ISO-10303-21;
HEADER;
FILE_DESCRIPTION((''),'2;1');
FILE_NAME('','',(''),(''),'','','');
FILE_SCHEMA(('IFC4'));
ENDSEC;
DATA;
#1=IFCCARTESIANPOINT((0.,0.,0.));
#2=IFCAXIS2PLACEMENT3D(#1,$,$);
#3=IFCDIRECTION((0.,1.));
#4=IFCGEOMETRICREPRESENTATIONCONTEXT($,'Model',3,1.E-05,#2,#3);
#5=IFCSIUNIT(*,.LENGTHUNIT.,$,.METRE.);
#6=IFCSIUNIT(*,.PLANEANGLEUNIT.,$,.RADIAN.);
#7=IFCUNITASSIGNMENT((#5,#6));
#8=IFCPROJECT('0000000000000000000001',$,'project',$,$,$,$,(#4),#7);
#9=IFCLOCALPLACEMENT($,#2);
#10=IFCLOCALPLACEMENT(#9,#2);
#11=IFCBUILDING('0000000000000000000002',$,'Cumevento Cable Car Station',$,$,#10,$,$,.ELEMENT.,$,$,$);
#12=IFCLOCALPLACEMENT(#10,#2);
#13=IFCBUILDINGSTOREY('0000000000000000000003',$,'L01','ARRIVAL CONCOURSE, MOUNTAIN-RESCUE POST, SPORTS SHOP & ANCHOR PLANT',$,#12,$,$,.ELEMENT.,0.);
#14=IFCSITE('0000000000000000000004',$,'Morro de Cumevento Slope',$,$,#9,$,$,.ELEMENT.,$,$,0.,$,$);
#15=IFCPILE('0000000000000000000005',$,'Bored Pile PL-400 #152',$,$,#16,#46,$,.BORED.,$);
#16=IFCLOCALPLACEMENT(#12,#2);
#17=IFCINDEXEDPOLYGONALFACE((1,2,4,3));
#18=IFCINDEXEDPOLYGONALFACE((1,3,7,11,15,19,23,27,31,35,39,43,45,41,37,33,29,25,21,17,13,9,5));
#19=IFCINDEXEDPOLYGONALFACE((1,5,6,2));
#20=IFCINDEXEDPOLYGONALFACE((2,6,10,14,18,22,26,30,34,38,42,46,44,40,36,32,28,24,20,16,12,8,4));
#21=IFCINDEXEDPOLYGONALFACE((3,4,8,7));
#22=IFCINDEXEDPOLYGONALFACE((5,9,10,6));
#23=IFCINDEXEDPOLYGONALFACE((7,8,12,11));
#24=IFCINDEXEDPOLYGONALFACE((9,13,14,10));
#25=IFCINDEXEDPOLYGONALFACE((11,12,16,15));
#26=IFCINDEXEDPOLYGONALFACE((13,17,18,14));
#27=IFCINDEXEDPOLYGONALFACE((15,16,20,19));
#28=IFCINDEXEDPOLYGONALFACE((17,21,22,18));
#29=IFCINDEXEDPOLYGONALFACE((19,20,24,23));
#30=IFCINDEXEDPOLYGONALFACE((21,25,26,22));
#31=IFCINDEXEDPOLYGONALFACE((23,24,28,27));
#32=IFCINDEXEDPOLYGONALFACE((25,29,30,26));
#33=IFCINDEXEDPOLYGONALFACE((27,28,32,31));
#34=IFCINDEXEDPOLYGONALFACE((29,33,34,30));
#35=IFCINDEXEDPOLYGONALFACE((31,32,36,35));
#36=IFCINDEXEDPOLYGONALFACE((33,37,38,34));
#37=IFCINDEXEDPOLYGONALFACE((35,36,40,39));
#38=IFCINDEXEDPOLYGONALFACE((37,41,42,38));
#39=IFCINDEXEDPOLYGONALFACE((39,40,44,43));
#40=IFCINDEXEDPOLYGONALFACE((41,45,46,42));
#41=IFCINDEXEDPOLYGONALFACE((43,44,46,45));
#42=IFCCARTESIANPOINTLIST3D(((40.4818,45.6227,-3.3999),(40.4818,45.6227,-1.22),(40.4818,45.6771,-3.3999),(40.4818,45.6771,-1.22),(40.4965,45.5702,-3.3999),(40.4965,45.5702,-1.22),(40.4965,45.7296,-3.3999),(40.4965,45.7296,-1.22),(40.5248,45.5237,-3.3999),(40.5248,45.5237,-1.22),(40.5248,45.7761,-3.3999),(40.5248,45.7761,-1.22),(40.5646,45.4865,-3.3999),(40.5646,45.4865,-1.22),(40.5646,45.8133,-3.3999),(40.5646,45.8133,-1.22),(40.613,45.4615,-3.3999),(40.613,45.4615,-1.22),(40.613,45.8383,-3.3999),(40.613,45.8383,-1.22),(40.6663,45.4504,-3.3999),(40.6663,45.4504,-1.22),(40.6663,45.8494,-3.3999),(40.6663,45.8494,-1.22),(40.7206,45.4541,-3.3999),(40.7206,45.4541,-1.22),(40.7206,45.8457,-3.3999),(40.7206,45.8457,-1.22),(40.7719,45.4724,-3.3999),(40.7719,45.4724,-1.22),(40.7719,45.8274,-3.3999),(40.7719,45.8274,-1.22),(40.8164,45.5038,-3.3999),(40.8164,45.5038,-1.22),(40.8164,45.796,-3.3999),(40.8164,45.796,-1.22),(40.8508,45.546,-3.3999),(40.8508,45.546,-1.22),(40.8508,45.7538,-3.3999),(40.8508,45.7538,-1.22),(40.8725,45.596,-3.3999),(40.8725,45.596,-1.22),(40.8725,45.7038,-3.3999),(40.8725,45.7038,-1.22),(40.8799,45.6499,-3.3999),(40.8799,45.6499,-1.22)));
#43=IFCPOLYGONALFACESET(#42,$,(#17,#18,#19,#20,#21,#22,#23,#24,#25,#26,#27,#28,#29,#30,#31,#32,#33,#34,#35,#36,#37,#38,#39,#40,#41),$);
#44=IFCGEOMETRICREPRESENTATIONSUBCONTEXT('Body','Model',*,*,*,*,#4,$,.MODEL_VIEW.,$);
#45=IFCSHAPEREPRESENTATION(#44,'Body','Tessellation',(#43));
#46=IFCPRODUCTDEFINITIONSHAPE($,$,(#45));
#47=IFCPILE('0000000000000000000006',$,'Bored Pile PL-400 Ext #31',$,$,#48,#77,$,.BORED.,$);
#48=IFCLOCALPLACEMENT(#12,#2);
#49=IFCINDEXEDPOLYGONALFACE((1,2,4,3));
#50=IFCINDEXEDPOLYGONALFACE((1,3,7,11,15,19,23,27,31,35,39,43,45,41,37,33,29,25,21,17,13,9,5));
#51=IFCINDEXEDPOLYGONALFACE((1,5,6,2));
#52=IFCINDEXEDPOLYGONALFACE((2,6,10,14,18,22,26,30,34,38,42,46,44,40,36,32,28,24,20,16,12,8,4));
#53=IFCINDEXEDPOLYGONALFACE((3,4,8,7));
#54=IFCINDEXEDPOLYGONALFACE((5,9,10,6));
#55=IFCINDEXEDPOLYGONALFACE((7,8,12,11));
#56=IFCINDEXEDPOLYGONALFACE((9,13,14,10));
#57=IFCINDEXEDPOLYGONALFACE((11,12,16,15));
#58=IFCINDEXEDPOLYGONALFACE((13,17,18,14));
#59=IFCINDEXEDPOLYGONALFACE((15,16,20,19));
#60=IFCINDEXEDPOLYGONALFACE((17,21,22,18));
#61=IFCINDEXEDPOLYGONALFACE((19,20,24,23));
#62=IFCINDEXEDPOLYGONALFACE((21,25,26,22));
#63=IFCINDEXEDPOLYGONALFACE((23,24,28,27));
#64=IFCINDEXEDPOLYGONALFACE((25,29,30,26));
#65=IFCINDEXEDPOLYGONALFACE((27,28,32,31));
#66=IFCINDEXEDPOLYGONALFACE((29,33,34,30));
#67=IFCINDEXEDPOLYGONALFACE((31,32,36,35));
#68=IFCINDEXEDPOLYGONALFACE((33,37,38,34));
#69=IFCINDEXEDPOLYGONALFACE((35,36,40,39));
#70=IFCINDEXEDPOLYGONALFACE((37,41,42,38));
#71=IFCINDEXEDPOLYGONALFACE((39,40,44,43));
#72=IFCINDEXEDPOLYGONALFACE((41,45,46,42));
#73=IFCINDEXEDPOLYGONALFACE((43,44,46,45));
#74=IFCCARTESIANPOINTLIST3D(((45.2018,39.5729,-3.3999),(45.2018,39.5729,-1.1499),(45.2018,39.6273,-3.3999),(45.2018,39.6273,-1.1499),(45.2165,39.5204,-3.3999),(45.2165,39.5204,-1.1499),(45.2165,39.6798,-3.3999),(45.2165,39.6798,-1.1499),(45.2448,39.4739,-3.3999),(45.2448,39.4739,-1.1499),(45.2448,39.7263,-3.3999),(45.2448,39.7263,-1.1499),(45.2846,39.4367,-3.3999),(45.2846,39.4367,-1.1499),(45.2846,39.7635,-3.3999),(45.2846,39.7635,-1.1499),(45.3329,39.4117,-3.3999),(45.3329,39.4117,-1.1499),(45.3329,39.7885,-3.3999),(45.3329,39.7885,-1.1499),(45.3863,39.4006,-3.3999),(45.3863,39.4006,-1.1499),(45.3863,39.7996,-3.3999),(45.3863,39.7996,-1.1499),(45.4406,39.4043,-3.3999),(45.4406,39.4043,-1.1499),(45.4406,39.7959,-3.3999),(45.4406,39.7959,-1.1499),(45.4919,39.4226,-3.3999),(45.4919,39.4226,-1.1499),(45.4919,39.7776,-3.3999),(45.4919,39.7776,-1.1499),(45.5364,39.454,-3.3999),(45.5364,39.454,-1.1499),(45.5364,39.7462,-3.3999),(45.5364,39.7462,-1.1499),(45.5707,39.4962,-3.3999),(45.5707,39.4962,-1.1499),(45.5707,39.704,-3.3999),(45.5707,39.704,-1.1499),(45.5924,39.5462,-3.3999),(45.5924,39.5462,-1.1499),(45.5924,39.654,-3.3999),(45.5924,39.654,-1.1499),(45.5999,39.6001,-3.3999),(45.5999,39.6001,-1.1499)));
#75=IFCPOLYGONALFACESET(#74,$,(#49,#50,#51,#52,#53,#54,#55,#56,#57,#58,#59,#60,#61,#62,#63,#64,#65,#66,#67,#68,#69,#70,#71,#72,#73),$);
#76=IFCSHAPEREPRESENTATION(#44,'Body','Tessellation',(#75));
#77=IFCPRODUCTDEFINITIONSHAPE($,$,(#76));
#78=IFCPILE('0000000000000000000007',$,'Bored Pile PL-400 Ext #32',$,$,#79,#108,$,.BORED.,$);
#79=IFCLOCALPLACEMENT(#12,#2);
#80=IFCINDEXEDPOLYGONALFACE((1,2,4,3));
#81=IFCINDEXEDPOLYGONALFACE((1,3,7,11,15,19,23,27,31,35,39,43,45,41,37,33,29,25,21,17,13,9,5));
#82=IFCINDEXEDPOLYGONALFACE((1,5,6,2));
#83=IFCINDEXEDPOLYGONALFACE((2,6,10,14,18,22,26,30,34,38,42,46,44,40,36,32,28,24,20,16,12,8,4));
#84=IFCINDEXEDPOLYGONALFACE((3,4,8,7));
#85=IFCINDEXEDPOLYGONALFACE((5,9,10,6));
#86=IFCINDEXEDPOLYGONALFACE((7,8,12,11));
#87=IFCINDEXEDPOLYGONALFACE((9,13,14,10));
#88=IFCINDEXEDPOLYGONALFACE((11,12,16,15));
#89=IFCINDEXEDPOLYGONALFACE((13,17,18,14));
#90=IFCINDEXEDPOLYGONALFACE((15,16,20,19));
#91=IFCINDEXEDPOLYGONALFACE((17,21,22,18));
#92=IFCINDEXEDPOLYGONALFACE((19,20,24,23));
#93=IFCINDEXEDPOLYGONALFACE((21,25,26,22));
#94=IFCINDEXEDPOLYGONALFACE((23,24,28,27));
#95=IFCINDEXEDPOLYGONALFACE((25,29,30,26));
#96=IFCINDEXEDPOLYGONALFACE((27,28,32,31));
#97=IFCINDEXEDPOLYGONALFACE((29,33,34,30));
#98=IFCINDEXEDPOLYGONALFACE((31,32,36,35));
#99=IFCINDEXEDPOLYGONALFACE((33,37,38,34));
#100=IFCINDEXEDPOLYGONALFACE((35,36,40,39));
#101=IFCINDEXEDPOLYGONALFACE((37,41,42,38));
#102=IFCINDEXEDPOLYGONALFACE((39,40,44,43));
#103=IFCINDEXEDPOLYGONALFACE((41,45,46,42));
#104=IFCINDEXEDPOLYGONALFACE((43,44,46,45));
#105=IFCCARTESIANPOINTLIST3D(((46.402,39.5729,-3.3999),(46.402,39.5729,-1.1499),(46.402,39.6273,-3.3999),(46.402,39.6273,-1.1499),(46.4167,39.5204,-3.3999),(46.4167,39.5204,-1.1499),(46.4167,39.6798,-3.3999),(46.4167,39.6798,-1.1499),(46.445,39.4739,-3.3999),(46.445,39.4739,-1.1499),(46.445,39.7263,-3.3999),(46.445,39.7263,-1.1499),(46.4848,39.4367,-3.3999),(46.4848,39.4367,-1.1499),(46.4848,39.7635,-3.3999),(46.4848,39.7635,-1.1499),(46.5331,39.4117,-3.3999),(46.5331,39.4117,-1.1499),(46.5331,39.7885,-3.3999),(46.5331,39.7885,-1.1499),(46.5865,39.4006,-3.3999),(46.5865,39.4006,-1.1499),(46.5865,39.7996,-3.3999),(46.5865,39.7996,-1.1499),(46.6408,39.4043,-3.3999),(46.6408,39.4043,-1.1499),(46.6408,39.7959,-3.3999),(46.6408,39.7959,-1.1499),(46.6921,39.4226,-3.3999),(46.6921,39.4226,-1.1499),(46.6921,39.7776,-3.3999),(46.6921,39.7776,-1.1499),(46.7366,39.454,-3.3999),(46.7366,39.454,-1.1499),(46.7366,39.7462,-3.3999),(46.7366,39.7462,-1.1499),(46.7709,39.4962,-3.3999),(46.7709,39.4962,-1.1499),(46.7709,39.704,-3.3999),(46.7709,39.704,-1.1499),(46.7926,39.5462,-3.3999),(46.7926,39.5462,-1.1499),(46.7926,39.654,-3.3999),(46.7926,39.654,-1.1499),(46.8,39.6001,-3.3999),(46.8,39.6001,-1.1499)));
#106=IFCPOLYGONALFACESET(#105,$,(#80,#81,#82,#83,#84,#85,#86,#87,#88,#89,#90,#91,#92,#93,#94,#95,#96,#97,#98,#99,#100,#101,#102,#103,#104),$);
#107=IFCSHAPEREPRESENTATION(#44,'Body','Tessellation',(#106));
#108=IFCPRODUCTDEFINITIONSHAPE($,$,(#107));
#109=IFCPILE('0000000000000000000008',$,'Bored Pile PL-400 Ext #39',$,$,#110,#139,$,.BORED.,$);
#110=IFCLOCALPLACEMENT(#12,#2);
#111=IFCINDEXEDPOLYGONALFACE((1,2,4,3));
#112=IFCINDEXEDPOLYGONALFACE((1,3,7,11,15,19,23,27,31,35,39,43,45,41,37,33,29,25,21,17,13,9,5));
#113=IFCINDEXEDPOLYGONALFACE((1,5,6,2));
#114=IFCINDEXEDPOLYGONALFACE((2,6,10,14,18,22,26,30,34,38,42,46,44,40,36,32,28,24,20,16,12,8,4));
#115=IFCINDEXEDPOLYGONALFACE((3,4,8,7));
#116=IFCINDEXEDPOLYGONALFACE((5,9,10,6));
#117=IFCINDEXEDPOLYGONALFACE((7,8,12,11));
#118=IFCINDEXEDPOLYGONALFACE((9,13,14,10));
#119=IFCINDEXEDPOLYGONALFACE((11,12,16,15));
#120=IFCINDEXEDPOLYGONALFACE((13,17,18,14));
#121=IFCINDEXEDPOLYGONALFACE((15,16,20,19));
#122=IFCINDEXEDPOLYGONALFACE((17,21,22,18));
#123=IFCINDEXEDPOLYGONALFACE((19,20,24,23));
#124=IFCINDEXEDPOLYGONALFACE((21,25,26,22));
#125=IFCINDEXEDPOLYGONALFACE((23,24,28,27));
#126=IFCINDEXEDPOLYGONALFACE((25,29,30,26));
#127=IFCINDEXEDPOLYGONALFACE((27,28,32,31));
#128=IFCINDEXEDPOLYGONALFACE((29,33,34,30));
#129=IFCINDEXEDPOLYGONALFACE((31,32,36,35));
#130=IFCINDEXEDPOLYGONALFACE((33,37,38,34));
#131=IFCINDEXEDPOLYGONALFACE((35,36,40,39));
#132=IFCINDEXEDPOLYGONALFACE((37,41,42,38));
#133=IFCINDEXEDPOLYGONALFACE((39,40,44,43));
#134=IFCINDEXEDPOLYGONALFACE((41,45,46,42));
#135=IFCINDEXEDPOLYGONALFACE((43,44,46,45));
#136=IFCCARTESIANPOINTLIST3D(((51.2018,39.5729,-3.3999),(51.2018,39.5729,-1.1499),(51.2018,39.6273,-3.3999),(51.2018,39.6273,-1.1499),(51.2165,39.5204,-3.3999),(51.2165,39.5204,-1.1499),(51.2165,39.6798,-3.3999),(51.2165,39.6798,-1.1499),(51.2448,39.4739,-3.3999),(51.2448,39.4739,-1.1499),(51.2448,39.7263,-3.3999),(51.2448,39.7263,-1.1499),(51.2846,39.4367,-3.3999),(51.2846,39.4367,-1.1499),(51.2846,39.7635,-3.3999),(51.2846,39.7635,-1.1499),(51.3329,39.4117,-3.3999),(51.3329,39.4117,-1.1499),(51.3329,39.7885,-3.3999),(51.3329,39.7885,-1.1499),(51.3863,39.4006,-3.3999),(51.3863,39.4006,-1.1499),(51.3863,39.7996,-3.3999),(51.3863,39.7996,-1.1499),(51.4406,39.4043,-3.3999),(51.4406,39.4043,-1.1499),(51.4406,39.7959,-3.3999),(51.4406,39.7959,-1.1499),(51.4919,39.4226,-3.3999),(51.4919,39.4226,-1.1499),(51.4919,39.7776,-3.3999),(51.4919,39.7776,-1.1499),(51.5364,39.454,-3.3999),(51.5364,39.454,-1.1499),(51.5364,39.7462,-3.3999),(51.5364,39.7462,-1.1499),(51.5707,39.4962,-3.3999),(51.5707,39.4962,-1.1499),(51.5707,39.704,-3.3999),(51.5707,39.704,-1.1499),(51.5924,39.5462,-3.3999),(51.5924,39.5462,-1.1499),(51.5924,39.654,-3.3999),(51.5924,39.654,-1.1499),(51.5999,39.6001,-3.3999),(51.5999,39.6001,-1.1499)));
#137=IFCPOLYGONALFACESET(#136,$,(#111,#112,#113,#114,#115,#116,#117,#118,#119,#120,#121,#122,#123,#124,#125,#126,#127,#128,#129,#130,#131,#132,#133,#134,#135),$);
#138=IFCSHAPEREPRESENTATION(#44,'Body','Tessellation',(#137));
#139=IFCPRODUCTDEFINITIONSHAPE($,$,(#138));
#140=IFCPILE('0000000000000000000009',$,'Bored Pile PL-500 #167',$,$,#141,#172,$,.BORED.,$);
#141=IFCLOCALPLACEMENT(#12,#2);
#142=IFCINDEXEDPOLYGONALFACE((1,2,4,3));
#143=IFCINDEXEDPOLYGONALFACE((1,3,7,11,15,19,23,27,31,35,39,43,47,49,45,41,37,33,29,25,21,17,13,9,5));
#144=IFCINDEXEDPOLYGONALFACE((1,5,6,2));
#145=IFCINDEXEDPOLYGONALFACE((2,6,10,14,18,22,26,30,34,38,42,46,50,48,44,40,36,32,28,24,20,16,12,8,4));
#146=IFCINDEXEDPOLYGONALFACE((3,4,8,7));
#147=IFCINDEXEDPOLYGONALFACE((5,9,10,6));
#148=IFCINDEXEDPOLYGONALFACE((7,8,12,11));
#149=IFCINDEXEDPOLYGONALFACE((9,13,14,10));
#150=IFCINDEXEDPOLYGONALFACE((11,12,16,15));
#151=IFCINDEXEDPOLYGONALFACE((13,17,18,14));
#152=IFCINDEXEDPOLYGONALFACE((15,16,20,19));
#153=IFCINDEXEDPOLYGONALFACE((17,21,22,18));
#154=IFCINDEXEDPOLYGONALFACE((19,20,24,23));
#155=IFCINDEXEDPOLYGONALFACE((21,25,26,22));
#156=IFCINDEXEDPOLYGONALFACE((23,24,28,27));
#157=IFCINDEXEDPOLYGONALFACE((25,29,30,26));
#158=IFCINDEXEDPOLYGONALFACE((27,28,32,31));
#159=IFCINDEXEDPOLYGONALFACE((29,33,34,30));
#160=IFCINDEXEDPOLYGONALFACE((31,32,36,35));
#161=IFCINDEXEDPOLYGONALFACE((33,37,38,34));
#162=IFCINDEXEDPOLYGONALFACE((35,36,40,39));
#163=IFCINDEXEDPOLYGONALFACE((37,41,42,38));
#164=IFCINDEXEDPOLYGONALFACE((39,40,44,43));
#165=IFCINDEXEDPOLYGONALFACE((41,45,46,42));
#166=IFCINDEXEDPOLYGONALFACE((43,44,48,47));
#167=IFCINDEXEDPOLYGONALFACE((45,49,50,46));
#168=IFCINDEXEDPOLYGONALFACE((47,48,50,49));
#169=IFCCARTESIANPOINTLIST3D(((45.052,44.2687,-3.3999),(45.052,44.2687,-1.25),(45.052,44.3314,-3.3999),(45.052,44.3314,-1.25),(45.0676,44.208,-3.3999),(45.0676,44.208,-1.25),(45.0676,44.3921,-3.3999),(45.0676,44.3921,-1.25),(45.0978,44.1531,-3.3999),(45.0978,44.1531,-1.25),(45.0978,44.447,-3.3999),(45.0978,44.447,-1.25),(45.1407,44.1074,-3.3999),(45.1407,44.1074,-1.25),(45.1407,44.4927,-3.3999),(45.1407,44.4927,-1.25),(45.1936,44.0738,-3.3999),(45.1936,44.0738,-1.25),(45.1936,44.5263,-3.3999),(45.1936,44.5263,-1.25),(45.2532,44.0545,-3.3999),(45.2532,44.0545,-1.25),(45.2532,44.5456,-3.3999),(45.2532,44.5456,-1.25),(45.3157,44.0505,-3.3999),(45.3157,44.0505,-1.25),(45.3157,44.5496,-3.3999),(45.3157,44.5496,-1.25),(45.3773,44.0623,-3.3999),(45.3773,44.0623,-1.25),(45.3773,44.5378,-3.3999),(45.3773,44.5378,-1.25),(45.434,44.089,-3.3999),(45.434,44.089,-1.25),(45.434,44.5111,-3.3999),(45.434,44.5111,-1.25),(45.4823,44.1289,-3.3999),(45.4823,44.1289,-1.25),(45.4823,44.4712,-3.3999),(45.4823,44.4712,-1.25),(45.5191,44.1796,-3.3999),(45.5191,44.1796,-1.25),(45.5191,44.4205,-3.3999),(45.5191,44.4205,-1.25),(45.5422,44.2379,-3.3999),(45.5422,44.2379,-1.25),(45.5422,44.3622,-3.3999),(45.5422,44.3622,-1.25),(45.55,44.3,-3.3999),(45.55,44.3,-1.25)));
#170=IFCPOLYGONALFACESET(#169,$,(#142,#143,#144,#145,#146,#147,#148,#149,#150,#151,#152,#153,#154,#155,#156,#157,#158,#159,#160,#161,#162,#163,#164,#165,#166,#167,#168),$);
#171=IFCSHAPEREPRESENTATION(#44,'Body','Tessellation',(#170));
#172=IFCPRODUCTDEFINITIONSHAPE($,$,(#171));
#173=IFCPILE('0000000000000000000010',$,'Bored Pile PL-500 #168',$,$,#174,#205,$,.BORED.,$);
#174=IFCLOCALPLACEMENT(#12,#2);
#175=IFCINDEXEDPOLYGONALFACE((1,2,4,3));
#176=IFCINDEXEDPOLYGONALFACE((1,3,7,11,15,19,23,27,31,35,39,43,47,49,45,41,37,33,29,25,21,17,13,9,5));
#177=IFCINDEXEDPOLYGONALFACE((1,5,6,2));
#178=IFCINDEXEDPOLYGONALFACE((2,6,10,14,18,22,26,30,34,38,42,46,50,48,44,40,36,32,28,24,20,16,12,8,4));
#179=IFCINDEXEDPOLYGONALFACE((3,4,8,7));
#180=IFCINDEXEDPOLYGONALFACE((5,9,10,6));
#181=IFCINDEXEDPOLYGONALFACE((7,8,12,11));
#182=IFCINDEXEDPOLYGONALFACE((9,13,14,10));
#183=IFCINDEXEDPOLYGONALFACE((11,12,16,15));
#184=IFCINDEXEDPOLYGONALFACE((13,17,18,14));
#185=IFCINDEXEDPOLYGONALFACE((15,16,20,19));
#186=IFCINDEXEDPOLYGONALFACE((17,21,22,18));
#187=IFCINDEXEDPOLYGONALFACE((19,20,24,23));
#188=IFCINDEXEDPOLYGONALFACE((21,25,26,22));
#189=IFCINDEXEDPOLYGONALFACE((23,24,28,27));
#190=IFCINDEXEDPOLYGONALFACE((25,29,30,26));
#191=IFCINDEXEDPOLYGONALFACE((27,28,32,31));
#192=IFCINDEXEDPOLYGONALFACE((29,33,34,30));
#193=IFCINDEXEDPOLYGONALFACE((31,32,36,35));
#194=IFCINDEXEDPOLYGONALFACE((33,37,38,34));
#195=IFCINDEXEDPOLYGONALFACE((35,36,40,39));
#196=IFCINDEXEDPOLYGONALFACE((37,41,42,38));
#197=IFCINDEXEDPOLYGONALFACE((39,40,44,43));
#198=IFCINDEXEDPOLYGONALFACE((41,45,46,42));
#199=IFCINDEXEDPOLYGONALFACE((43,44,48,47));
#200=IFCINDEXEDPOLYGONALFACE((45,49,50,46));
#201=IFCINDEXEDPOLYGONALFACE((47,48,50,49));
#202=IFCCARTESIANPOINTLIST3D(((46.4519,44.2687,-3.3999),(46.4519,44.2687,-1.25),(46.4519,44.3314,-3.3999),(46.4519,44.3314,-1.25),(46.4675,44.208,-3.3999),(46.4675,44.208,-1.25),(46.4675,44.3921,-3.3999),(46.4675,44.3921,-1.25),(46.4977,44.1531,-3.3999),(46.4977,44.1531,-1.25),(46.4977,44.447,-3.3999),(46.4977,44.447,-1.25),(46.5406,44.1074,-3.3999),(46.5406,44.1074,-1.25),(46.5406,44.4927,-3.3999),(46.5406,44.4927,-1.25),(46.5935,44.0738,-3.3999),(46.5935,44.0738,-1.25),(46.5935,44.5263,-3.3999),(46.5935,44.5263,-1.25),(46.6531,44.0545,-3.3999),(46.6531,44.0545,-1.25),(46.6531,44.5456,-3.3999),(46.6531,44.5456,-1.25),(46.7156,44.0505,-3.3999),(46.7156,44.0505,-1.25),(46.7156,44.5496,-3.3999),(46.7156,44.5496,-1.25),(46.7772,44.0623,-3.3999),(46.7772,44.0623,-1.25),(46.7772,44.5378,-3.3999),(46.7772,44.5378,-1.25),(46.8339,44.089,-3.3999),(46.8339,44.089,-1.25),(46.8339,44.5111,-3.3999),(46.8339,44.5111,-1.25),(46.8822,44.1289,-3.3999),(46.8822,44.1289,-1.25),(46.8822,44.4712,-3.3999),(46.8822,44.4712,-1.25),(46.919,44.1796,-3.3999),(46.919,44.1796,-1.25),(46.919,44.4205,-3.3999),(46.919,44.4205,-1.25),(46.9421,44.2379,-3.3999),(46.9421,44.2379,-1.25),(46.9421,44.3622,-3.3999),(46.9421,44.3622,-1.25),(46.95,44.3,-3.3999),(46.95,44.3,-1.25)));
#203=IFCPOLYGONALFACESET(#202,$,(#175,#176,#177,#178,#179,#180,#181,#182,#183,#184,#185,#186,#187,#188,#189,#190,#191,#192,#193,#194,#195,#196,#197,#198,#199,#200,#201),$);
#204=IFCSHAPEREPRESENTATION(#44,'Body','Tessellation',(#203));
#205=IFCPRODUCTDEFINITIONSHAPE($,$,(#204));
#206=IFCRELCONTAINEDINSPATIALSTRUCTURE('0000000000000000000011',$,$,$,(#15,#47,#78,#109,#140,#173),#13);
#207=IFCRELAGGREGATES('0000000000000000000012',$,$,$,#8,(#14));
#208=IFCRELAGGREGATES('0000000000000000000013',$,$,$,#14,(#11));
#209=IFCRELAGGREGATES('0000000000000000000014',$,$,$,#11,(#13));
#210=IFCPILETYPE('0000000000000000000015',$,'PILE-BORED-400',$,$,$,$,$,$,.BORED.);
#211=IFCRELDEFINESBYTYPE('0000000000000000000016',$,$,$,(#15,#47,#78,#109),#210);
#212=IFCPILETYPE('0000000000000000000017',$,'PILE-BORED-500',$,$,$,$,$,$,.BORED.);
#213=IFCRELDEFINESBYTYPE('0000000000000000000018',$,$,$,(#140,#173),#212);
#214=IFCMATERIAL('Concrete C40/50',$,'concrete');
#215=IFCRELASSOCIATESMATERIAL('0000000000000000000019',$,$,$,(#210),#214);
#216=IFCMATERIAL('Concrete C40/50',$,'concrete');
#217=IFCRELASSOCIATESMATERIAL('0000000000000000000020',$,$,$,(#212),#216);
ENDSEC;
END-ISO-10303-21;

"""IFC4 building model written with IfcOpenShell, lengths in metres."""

from ifc_helpers import new_model, si_unit, direction, frame, origin, origin_2d, place, context, subcontext, project, spatial, circle, extrude, material, material_profile, profile_set, type_object, element, save


model = new_model("IFC4")

# Units and contexts
model_context = context("Model", 3, precision=1e-05, world=origin(), true_north=direction((0.0, 1.0)))
body_context = subcontext(model_context, "Body", "Model", "MODEL_VIEW")
ifc_project = project(units=[si_unit("LENGTHUNIT", "METRE"), si_unit("PLANEANGLEUNIT", "RADIAN")], contexts=[model_context])

# Site, building, storey
site_placement = place(None, origin())
site = spatial("IfcSite", under=ifc_project, at=site_placement, Name="Morro de Cumevento Slope", CompositionType="ELEMENT", RefElevation=0.0)
building_placement = place(site_placement, origin())
building = spatial("IfcBuilding", under=site, at=building_placement, Name="Cumevento Cable Car Station", CompositionType="ELEMENT")
storey_placement = place(building_placement, origin())
storey = spatial("IfcBuildingStorey", under=building, at=storey_placement, Name="L01", Description="ARRIVAL CONCOURSE, MOUNTAIN-RESCUE POST, SPORTS SHOP & ANCHOR PLANT", CompositionType="ELEMENT", Elevation=0.0)

# Piles
ifc_material_1 = material(Name="Concrete C40/50", Category="concrete")
ifc_material_profile_1 = material_profile(ifc_material_1, circle(Radius=0.2, at=origin_2d()), Name="PILE-D400")
ifc_profile_set_1 = profile_set([ifc_material_profile_1], Name="Concrete C40/50")
pile_type_1 = type_object("IfcPileType", Name="PILE-BORED-400", PredefinedType="BORED", material=ifc_profile_set_1)
pile_placement = place(storey_placement, frame((40.6799, 45.6499, -1.22), z_axis=(0.0, 0.0, -1.0), x_axis=(1.0, 0.0, 0.0)))
element("IfcPile", 1, at=pile_placement, inside=storey, type_object=pile_type_1, Name="Bored Pile PL-400 #152", PredefinedType="BORED", context=body_context, shape_type="SweptSolid", body=[
    extrude(circle(Radius=0.2, at=origin_2d()), origin(), (0.0, 0.0, 1.0), 2.1799),
])
for number, where, z_axis, x_axis, name in (
    (2, (45.3999, 39.6001, -1.1499), (0.0, 0.0, -1.0), (1.0, 0.0, 0.0), "Bored Pile PL-400 Ext #31"),
    (3, (46.6001, 39.6001, -1.1499), (0.0, 0.0, -1.0), (1.0, 0.0, 0.0), "Bored Pile PL-400 Ext #32"),
    (4, (51.3999, 39.6001, -1.1499), (0.0, 0.0, -1.0), (1.0, 0.0, 0.0), "Bored Pile PL-400 Ext #39"),
):
    element("IfcPile", number, at=place(storey_placement, frame(where, z_axis=z_axis, x_axis=x_axis)), inside=storey, type_object=pile_type_1, Name=name, PredefinedType="BORED", context=body_context, shape_type="SweptSolid", body=[
        extrude(circle(Radius=0.2, at=origin_2d()), origin(), (0.0, 0.0, 1.0), 2.25),
    ])
ifc_material_2 = material(Name="Concrete C40/50", Category="concrete")
ifc_material_profile_2 = material_profile(ifc_material_2, circle(Radius=0.25, at=origin_2d()), Name="PILE-D500")
ifc_profile_set_2 = profile_set([ifc_material_profile_2], Name="Concrete C40/50")
pile_type_2 = type_object("IfcPileType", Name="PILE-BORED-500", PredefinedType="BORED", material=ifc_profile_set_2)
for number, where, z_axis, x_axis, name in (
    (5, (45.3, 44.3, -1.25), (0.0, 0.0, -1.0), (1.0, 0.0, 0.0), "Bored Pile PL-500 #167"),
    (6, (46.7, 44.3, -1.25), (0.0, 0.0, -1.0), (1.0, 0.0, 0.0), "Bored Pile PL-500 #168"),
):
    element("IfcPile", number, at=place(storey_placement, frame(where, z_axis=z_axis, x_axis=x_axis)), inside=storey, type_object=pile_type_2, Name=name, PredefinedType="BORED", context=body_context, shape_type="SweptSolid", body=[
        extrude(circle(Radius=0.25, at=origin_2d()), origin(), (0.0, 0.0, 1.0), 2.1499),
    ])

save(model, "model.ifc")
